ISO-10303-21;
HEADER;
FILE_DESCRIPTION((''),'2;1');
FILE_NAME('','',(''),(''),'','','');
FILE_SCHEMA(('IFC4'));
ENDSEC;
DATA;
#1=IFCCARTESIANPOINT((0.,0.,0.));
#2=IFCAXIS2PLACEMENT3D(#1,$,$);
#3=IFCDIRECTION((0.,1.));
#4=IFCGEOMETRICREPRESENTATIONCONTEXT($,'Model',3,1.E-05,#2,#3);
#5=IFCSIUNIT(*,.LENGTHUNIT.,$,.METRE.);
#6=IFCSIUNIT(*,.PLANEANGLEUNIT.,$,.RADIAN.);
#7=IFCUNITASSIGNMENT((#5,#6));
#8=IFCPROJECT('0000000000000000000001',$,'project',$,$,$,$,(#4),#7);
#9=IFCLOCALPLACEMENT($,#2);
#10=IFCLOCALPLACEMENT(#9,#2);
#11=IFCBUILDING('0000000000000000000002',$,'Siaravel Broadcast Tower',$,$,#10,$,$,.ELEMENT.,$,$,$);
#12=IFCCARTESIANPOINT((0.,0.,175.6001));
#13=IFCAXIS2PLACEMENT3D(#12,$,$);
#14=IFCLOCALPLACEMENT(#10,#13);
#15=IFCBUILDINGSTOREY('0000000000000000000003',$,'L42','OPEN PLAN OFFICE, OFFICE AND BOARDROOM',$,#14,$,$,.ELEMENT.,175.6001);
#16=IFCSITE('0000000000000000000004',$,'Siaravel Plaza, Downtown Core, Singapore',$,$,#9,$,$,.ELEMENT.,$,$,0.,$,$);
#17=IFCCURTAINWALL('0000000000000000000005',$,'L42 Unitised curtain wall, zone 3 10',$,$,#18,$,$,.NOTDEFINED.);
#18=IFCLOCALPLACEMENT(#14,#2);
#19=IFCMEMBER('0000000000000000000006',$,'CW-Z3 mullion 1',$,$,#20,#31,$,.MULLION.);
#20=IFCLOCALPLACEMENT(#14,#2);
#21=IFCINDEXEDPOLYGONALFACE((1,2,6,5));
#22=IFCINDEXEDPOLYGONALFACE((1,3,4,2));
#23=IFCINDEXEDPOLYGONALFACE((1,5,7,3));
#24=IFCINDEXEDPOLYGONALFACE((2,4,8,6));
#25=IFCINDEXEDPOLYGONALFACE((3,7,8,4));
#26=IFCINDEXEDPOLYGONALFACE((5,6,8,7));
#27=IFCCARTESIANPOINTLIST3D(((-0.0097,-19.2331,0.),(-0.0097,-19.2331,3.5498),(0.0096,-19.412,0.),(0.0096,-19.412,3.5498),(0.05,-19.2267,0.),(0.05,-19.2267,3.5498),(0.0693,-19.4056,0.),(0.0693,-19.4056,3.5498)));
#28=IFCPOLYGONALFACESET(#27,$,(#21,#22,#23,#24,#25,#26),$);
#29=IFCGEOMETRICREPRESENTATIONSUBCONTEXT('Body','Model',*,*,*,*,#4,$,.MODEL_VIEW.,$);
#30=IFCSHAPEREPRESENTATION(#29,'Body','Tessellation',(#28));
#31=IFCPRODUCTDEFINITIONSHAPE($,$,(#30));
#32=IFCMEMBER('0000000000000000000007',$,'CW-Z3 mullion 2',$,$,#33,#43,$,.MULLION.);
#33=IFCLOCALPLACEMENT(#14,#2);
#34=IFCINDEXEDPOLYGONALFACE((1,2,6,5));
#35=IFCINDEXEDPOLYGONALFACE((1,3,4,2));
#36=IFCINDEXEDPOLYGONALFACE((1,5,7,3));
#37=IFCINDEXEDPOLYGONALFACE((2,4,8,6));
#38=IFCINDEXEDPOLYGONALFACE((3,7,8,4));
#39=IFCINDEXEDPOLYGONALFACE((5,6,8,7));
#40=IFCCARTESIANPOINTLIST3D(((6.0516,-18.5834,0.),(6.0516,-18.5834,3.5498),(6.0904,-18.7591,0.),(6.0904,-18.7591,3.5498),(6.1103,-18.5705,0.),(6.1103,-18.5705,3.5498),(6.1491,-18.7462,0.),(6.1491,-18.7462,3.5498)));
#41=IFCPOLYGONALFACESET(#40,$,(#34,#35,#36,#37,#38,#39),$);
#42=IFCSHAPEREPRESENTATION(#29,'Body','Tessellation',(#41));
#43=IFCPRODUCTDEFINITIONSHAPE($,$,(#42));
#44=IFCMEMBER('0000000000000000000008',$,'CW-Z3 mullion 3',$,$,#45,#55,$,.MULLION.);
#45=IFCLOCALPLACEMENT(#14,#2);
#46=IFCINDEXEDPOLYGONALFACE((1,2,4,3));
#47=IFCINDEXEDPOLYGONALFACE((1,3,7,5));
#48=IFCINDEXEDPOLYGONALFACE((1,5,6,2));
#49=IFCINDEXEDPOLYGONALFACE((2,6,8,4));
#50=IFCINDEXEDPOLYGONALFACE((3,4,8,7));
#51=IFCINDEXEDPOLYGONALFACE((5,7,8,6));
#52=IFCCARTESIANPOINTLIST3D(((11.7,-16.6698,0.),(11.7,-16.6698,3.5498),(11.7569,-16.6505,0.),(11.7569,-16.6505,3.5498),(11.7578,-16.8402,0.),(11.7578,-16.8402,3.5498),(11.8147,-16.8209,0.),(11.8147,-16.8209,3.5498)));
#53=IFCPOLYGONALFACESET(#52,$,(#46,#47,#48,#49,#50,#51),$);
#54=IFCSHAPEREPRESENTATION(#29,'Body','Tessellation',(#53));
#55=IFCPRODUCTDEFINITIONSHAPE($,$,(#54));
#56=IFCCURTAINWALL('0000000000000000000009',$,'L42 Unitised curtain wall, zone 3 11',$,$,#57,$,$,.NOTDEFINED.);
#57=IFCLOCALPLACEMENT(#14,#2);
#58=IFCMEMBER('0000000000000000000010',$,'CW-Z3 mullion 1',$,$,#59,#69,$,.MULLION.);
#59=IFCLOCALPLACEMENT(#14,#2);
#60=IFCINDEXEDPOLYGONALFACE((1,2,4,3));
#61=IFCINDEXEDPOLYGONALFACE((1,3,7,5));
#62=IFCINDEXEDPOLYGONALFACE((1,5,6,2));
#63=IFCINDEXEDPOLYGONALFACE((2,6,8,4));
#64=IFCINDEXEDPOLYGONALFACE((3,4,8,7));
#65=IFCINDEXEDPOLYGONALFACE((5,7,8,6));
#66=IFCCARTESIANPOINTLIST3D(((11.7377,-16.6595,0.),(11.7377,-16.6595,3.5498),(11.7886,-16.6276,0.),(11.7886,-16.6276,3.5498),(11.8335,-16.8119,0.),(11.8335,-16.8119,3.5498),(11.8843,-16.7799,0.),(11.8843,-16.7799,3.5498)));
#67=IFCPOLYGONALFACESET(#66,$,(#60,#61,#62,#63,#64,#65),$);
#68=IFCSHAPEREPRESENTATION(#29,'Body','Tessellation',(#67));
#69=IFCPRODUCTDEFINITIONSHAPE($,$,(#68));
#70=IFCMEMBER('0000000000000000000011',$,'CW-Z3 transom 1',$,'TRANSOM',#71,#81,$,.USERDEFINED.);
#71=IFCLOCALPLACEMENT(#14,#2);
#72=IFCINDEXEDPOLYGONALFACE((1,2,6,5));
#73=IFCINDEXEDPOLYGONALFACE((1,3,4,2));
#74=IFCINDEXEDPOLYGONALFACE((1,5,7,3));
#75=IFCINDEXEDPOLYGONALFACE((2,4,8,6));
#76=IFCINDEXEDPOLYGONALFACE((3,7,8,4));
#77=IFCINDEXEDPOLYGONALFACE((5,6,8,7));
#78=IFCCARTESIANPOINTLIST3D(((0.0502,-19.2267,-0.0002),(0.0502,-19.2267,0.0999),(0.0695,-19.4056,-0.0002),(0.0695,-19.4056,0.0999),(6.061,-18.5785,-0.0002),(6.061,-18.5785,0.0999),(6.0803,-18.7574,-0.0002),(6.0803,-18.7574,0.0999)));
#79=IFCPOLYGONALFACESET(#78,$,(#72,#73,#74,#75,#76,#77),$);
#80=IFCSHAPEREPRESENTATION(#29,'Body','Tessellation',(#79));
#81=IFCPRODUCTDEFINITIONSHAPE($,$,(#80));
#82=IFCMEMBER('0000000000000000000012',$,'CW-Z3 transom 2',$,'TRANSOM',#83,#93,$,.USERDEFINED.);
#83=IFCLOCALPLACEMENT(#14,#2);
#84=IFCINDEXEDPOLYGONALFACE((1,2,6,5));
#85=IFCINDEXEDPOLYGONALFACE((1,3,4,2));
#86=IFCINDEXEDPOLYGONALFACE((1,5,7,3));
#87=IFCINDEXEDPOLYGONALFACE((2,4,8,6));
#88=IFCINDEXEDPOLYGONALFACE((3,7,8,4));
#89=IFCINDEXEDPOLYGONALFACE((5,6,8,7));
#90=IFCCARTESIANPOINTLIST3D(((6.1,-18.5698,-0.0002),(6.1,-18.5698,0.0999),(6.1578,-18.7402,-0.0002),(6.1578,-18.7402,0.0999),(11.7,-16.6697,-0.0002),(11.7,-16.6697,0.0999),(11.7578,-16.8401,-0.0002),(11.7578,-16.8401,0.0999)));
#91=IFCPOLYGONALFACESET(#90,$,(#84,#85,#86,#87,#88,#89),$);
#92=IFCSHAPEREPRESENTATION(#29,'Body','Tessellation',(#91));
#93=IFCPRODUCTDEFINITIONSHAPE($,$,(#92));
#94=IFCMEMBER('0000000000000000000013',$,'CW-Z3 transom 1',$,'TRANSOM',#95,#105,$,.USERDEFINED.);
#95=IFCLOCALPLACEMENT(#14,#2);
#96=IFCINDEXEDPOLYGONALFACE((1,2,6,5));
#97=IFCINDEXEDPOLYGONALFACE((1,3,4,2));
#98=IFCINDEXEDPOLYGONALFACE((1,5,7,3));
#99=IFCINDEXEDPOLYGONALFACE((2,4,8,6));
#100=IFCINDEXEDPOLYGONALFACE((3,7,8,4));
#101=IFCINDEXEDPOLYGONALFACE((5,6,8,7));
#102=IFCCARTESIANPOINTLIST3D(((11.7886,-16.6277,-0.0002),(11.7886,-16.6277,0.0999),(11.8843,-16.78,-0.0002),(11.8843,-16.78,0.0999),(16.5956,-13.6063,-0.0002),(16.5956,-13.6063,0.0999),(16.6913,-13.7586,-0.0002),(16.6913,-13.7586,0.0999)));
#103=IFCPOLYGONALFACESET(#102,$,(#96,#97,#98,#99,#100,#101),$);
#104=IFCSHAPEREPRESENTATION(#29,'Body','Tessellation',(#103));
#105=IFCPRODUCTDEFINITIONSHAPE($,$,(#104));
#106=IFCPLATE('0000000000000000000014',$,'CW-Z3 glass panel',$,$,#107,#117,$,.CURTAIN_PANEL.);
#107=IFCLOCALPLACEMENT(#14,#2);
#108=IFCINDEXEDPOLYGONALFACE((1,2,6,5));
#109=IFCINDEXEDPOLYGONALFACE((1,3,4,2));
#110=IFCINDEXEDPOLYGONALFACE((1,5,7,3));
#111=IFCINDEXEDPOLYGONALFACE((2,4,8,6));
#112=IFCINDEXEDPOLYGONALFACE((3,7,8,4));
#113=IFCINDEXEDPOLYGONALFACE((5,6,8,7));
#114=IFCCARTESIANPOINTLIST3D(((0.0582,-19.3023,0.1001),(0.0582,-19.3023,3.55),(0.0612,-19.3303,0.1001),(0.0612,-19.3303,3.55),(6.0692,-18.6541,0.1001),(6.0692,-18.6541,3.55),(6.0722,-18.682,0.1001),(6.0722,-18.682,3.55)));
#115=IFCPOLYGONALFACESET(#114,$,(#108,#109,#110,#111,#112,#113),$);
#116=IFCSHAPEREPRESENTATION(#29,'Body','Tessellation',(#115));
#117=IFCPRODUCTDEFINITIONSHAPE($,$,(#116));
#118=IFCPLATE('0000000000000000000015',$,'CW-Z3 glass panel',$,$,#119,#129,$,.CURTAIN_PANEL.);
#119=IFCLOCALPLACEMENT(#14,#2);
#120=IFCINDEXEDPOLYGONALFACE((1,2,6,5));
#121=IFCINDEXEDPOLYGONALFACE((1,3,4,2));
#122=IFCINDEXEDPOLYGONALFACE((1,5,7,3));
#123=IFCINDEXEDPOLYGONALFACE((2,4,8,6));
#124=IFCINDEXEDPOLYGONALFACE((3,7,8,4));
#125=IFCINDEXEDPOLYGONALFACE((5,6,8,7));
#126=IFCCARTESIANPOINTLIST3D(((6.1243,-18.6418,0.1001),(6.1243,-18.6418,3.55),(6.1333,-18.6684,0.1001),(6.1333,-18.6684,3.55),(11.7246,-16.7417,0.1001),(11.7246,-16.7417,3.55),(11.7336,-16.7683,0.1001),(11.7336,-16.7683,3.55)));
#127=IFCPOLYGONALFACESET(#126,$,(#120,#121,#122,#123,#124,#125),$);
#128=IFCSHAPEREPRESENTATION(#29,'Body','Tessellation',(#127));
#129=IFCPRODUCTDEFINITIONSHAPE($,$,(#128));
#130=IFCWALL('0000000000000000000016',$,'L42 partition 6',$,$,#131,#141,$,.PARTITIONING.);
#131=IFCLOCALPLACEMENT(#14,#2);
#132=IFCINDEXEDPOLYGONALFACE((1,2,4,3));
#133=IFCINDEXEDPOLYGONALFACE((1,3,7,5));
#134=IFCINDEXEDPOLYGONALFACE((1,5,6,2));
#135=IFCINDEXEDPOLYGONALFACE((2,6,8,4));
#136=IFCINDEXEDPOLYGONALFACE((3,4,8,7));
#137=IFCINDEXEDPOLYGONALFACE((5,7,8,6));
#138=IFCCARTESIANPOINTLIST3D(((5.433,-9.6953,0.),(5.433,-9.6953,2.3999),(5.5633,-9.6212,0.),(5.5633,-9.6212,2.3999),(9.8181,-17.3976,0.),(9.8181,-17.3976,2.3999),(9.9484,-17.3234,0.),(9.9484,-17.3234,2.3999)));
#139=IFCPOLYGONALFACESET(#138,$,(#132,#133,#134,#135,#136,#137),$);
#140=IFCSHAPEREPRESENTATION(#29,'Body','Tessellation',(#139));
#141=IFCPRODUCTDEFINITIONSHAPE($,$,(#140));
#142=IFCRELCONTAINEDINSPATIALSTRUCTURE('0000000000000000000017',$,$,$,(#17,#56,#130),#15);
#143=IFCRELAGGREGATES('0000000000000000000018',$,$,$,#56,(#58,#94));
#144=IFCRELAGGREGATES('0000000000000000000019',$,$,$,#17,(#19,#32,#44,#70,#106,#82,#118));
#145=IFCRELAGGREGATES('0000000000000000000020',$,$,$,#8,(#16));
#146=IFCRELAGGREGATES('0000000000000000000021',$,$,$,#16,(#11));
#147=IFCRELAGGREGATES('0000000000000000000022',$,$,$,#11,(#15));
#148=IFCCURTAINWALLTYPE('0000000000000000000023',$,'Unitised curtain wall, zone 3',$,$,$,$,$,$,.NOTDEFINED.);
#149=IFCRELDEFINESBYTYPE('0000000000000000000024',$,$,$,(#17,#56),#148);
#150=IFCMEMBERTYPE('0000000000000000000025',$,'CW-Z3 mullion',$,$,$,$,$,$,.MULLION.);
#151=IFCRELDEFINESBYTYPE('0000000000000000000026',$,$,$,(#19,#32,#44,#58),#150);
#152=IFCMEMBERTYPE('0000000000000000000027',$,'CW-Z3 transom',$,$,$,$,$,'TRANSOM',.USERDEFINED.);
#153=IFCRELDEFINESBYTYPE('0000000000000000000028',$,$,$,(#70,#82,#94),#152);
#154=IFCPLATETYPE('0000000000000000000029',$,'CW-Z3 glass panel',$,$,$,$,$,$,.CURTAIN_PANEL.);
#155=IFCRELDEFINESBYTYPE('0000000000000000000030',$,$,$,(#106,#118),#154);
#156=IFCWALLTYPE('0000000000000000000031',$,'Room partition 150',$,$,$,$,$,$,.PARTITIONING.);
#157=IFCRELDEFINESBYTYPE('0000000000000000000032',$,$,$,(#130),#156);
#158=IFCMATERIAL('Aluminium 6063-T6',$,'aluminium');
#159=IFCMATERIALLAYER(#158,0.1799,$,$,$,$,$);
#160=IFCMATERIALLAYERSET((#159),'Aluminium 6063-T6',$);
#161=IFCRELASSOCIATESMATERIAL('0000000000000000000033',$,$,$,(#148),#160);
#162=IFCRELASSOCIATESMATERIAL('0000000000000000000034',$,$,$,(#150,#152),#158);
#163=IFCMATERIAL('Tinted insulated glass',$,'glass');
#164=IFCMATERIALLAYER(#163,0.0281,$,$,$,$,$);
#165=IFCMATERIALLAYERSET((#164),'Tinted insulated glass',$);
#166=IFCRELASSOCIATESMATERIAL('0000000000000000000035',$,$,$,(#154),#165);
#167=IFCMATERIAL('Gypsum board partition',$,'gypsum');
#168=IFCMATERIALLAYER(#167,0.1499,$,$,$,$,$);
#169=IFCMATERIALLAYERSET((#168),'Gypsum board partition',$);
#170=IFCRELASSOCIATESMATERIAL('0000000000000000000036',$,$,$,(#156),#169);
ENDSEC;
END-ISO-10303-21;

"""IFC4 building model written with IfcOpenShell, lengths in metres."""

from ifc_helpers import new_model, si_unit, direction, frame, frame_2d, origin, origin_2d, place, context, subcontext, project, spatial, rectangle, extrude, material, layer, layer_set, material_profile, profile_set, type_object, element, aggregate, save


model = new_model("IFC4")

# Units and contexts
model_context = context("Model", 3, precision=1e-05, world=origin(), true_north=direction((0.0, 1.0)))
body_context = subcontext(model_context, "Body", "Model", "MODEL_VIEW")
ifc_project = project(units=[si_unit("LENGTHUNIT", "METRE"), si_unit("PLANEANGLEUNIT", "RADIAN")], contexts=[model_context])

# Site, building, storey
site_placement = place(None, origin())
site = spatial("IfcSite", under=ifc_project, at=site_placement, Name="Siaravel Plaza, Downtown Core, Singapore", CompositionType="ELEMENT", RefElevation=0.0)
building_placement = place(site_placement, origin())
building = spatial("IfcBuilding", under=site, at=building_placement, Name="Siaravel Broadcast Tower", CompositionType="ELEMENT")
storey_placement = place(building_placement, frame((0.0, 0.0, 175.6001)))
storey = spatial("IfcBuildingStorey", under=building, at=storey_placement, Name="L42", Description="OPEN PLAN OFFICE, OFFICE AND BOARDROOM", CompositionType="ELEMENT", Elevation=175.6001)

# Curtain wall, members
ifc_material_1 = material(Name="Aluminium 6063-T6", Category="aluminium")
ifc_layer_1 = layer(ifc_material_1, 0.1799)
ifc_layer_set_1 = layer_set([ifc_layer_1], Name="Aluminium 6063-T6")
curtain_wall_type = type_object("IfcCurtainWallType", Name="Unitised curtain wall, zone 3", PredefinedType="NOTDEFINED", material=ifc_layer_set_1)
curtain_wall_1_placement = place(storey_placement, origin())
curtain_wall_1 = element("IfcCurtainWall", 1, at=curtain_wall_1_placement, inside=storey, type_object=curtain_wall_type, Name="L42 Unitised curtain wall, zone 3 10", PredefinedType="NOTDEFINED")
ifc_material_profile_1 = material_profile(ifc_material_1, rectangle(XDim=0.1799, YDim=0.0601, at=origin_2d()))
ifc_profile_set_1 = profile_set([ifc_material_profile_1], Name="Aluminium 6063-T6")
member_type_1 = type_object("IfcMemberType", Name="CW-Z3 mullion", PredefinedType="MULLION", material=ifc_profile_set_1)
member_1_placement = place(storey_placement, frame((0.0298, -19.3193, 0.0), z_axis=(0.0, 0.0, 1.0), x_axis=(-0.107217, 0.994236, 0.0)))
member_1 = element("IfcMember", 2, at=member_1_placement, type_object=member_type_1, Name="CW-Z3 mullion 1", PredefinedType="MULLION", context=body_context, shape_type="SweptSolid", body=[
    extrude(rectangle(XDim=0.1799, YDim=0.0601, at=origin_2d()), origin(), (0.0, 0.0, 1.0), 3.5498),
])
member_2_placement = place(storey_placement, frame((6.1003, -18.6648, 0.0), z_axis=(0.0, 0.0, 1.0), x_axis=(-0.215558, 0.976491, 0.0)))
member_2 = element("IfcMember", 3, at=member_2_placement, type_object=member_type_1, Name="CW-Z3 mullion 2", PredefinedType="MULLION", context=body_context, shape_type="SweptSolid", body=[
    extrude(rectangle(XDim=0.1799, YDim=0.0601, at=origin_2d()), origin(), (0.0, 0.0, 1.0), 3.5498),
])
member_3_placement = place(storey_placement, frame((11.7573, -16.7454, 0.0), z_axis=(0.0, 0.0, 1.0), x_axis=(-0.3213, 0.946977, 0.0)))
member_3 = element("IfcMember", 4, at=member_3_placement, type_object=member_type_1, Name="CW-Z3 mullion 3", PredefinedType="MULLION", context=body_context, shape_type="SweptSolid", body=[
    extrude(rectangle(XDim=0.1799, YDim=0.0601, at=origin_2d()), origin(), (0.0, 0.0, 1.0), 3.5498),
])

# Curtain wall, member
curtain_wall_2_placement = place(storey_placement, origin())
curtain_wall_2 = element("IfcCurtainWall", 5, at=curtain_wall_2_placement, inside=storey, type_object=curtain_wall_type, Name="L42 Unitised curtain wall, zone 3 11", PredefinedType="NOTDEFINED")
member_4_placement = place(storey_placement, frame((11.811, -16.7197, 0.0), z_axis=(0.0, 0.0, 1.0), x_axis=(-0.532149, 0.846651, 0.0)))
member_4 = element("IfcMember", 6, at=member_4_placement, type_object=member_type_1, Name="CW-Z3 mullion 1", PredefinedType="MULLION", context=body_context, shape_type="SweptSolid", body=[
    extrude(rectangle(XDim=0.1799, YDim=0.0601, at=origin_2d()), origin(), (0.0, 0.0, 1.0), 3.5498),
])

# Members
ifc_material_profile_2 = material_profile(ifc_material_1, rectangle(XDim=0.1799, YDim=0.1001, at=origin_2d()))
ifc_profile_set_2 = profile_set([ifc_material_profile_2], Name="Aluminium 6063-T6")
member_type_2 = type_object("IfcMemberType", Name="CW-Z3 transom", ElementType="TRANSOM", PredefinedType="USERDEFINED", material=ifc_profile_set_2)
member_5_placement = place(storey_placement, frame((0.0598, -19.3162, 0.0498), z_axis=(0.994236, 0.107218, 0.0), x_axis=(-0.107218, 0.994236, 0.0)))
member_5 = element("IfcMember", 7, at=member_5_placement, type_object=member_type_2, Name="CW-Z3 transom 1", ObjectType="TRANSOM", PredefinedType="USERDEFINED", context=body_context, shape_type="SweptSolid", body=[
    extrude(rectangle(XDim=0.1799, YDim=0.1001, at=origin_2d()), origin(), (0.0, 0.0, 1.0), 6.0457),
])
member_6_placement = place(storey_placement, frame((6.1289, -18.655, 0.0498), z_axis=(0.946973, 0.321314, 0.0), x_axis=(-0.321314, 0.946973, 0.0)))
member_6 = element("IfcMember", 8, at=member_6_placement, type_object=member_type_2, Name="CW-Z3 transom 2", ObjectType="TRANSOM", PredefinedType="USERDEFINED", context=body_context, shape_type="SweptSolid", body=[
    extrude(rectangle(XDim=0.1799, YDim=0.1001, at=origin_2d()), origin(), (0.0, 0.0, 1.0), 5.9136),
])
member_7_placement = place(storey_placement, frame((11.8364, -16.7039, 0.0498), z_axis=(0.846648, 0.532154, 0.0), x_axis=(-0.532154, 0.846648, 0.0)))
member_7 = element("IfcMember", 9, at=member_7_placement, type_object=member_type_2, Name="CW-Z3 transom 1", ObjectType="TRANSOM", PredefinedType="USERDEFINED", context=body_context, shape_type="SweptSolid", body=[
    extrude(rectangle(XDim=0.1799, YDim=0.1001, at=origin_2d()), origin(), (0.0, 0.0, 1.0), 5.6777),
])
aggregate(curtain_wall_2, [member_4, member_7])

# Plates
ifc_material_2 = material(Name="Tinted insulated glass", Category="glass")
ifc_layer_2 = layer(ifc_material_2, 0.0281)
ifc_layer_set_2 = layer_set([ifc_layer_2], Name="Tinted insulated glass")
plate_type = type_object("IfcPlateType", Name="CW-Z3 glass panel", PredefinedType="CURTAIN_PANEL", material=ifc_layer_set_2)
plate_1_placement = place(storey_placement, frame((3.0652, -18.9922, 0.1001), z_axis=(0.0, 0.0, 1.0), x_axis=(0.994236, 0.107217, 0.0)))
plate_1 = element("IfcPlate", 10, at=plate_1_placement, type_object=plate_type, Name="CW-Z3 glass panel", PredefinedType="CURTAIN_PANEL", context=body_context, shape_type="SweptSolid", body=[
    extrude(rectangle(XDim=6.0459, YDim=0.0281, at=origin_2d()), origin(), (0.0, 0.0, 1.0), 3.45),
])
plate_2_placement = place(storey_placement, frame((8.929, -17.7051, 0.1001), z_axis=(0.0, 0.0, 1.0), x_axis=(0.946977, 0.3213, 0.0)))
plate_2 = element("IfcPlate", 11, at=plate_2_placement, type_object=plate_type, Name="CW-Z3 glass panel", PredefinedType="CURTAIN_PANEL", context=body_context, shape_type="SweptSolid", body=[
    extrude(rectangle(XDim=5.9138, YDim=0.0281, at=origin_2d()), origin(), (0.0, 0.0, 1.0), 3.45),
])
aggregate(curtain_wall_1, [member_1, member_2, member_3, member_5, plate_1, member_6, plate_2])

# Wall
ifc_material_3 = material(Name="Gypsum board partition", Category="gypsum")
ifc_layer_3 = layer(ifc_material_3, 0.1499)
ifc_layer_set_3 = layer_set([ifc_layer_3], Name="Gypsum board partition")
wall_type = type_object("IfcWallType", Name="Room partition 150", PredefinedType="PARTITIONING", material=ifc_layer_set_3)
wall_placement = place(storey_placement, frame((9.8833, -17.3606, 0.0), z_axis=(0.0, 0.0, 1.0), x_axis=(-0.494759, 0.86903, 0.0)))
element("IfcWall", 12, at=wall_placement, inside=storey, type_object=wall_type, Name="L42 partition 6", PredefinedType="PARTITIONING", context=body_context, shape_type="SweptSolid", body=[
    extrude(rectangle(XDim=8.863, YDim=0.1499, at=frame_2d((4.4316, 0.0))), origin(), (0.0, 0.0, 1.0), 2.3999),
])

save(model, "model.ifc")
